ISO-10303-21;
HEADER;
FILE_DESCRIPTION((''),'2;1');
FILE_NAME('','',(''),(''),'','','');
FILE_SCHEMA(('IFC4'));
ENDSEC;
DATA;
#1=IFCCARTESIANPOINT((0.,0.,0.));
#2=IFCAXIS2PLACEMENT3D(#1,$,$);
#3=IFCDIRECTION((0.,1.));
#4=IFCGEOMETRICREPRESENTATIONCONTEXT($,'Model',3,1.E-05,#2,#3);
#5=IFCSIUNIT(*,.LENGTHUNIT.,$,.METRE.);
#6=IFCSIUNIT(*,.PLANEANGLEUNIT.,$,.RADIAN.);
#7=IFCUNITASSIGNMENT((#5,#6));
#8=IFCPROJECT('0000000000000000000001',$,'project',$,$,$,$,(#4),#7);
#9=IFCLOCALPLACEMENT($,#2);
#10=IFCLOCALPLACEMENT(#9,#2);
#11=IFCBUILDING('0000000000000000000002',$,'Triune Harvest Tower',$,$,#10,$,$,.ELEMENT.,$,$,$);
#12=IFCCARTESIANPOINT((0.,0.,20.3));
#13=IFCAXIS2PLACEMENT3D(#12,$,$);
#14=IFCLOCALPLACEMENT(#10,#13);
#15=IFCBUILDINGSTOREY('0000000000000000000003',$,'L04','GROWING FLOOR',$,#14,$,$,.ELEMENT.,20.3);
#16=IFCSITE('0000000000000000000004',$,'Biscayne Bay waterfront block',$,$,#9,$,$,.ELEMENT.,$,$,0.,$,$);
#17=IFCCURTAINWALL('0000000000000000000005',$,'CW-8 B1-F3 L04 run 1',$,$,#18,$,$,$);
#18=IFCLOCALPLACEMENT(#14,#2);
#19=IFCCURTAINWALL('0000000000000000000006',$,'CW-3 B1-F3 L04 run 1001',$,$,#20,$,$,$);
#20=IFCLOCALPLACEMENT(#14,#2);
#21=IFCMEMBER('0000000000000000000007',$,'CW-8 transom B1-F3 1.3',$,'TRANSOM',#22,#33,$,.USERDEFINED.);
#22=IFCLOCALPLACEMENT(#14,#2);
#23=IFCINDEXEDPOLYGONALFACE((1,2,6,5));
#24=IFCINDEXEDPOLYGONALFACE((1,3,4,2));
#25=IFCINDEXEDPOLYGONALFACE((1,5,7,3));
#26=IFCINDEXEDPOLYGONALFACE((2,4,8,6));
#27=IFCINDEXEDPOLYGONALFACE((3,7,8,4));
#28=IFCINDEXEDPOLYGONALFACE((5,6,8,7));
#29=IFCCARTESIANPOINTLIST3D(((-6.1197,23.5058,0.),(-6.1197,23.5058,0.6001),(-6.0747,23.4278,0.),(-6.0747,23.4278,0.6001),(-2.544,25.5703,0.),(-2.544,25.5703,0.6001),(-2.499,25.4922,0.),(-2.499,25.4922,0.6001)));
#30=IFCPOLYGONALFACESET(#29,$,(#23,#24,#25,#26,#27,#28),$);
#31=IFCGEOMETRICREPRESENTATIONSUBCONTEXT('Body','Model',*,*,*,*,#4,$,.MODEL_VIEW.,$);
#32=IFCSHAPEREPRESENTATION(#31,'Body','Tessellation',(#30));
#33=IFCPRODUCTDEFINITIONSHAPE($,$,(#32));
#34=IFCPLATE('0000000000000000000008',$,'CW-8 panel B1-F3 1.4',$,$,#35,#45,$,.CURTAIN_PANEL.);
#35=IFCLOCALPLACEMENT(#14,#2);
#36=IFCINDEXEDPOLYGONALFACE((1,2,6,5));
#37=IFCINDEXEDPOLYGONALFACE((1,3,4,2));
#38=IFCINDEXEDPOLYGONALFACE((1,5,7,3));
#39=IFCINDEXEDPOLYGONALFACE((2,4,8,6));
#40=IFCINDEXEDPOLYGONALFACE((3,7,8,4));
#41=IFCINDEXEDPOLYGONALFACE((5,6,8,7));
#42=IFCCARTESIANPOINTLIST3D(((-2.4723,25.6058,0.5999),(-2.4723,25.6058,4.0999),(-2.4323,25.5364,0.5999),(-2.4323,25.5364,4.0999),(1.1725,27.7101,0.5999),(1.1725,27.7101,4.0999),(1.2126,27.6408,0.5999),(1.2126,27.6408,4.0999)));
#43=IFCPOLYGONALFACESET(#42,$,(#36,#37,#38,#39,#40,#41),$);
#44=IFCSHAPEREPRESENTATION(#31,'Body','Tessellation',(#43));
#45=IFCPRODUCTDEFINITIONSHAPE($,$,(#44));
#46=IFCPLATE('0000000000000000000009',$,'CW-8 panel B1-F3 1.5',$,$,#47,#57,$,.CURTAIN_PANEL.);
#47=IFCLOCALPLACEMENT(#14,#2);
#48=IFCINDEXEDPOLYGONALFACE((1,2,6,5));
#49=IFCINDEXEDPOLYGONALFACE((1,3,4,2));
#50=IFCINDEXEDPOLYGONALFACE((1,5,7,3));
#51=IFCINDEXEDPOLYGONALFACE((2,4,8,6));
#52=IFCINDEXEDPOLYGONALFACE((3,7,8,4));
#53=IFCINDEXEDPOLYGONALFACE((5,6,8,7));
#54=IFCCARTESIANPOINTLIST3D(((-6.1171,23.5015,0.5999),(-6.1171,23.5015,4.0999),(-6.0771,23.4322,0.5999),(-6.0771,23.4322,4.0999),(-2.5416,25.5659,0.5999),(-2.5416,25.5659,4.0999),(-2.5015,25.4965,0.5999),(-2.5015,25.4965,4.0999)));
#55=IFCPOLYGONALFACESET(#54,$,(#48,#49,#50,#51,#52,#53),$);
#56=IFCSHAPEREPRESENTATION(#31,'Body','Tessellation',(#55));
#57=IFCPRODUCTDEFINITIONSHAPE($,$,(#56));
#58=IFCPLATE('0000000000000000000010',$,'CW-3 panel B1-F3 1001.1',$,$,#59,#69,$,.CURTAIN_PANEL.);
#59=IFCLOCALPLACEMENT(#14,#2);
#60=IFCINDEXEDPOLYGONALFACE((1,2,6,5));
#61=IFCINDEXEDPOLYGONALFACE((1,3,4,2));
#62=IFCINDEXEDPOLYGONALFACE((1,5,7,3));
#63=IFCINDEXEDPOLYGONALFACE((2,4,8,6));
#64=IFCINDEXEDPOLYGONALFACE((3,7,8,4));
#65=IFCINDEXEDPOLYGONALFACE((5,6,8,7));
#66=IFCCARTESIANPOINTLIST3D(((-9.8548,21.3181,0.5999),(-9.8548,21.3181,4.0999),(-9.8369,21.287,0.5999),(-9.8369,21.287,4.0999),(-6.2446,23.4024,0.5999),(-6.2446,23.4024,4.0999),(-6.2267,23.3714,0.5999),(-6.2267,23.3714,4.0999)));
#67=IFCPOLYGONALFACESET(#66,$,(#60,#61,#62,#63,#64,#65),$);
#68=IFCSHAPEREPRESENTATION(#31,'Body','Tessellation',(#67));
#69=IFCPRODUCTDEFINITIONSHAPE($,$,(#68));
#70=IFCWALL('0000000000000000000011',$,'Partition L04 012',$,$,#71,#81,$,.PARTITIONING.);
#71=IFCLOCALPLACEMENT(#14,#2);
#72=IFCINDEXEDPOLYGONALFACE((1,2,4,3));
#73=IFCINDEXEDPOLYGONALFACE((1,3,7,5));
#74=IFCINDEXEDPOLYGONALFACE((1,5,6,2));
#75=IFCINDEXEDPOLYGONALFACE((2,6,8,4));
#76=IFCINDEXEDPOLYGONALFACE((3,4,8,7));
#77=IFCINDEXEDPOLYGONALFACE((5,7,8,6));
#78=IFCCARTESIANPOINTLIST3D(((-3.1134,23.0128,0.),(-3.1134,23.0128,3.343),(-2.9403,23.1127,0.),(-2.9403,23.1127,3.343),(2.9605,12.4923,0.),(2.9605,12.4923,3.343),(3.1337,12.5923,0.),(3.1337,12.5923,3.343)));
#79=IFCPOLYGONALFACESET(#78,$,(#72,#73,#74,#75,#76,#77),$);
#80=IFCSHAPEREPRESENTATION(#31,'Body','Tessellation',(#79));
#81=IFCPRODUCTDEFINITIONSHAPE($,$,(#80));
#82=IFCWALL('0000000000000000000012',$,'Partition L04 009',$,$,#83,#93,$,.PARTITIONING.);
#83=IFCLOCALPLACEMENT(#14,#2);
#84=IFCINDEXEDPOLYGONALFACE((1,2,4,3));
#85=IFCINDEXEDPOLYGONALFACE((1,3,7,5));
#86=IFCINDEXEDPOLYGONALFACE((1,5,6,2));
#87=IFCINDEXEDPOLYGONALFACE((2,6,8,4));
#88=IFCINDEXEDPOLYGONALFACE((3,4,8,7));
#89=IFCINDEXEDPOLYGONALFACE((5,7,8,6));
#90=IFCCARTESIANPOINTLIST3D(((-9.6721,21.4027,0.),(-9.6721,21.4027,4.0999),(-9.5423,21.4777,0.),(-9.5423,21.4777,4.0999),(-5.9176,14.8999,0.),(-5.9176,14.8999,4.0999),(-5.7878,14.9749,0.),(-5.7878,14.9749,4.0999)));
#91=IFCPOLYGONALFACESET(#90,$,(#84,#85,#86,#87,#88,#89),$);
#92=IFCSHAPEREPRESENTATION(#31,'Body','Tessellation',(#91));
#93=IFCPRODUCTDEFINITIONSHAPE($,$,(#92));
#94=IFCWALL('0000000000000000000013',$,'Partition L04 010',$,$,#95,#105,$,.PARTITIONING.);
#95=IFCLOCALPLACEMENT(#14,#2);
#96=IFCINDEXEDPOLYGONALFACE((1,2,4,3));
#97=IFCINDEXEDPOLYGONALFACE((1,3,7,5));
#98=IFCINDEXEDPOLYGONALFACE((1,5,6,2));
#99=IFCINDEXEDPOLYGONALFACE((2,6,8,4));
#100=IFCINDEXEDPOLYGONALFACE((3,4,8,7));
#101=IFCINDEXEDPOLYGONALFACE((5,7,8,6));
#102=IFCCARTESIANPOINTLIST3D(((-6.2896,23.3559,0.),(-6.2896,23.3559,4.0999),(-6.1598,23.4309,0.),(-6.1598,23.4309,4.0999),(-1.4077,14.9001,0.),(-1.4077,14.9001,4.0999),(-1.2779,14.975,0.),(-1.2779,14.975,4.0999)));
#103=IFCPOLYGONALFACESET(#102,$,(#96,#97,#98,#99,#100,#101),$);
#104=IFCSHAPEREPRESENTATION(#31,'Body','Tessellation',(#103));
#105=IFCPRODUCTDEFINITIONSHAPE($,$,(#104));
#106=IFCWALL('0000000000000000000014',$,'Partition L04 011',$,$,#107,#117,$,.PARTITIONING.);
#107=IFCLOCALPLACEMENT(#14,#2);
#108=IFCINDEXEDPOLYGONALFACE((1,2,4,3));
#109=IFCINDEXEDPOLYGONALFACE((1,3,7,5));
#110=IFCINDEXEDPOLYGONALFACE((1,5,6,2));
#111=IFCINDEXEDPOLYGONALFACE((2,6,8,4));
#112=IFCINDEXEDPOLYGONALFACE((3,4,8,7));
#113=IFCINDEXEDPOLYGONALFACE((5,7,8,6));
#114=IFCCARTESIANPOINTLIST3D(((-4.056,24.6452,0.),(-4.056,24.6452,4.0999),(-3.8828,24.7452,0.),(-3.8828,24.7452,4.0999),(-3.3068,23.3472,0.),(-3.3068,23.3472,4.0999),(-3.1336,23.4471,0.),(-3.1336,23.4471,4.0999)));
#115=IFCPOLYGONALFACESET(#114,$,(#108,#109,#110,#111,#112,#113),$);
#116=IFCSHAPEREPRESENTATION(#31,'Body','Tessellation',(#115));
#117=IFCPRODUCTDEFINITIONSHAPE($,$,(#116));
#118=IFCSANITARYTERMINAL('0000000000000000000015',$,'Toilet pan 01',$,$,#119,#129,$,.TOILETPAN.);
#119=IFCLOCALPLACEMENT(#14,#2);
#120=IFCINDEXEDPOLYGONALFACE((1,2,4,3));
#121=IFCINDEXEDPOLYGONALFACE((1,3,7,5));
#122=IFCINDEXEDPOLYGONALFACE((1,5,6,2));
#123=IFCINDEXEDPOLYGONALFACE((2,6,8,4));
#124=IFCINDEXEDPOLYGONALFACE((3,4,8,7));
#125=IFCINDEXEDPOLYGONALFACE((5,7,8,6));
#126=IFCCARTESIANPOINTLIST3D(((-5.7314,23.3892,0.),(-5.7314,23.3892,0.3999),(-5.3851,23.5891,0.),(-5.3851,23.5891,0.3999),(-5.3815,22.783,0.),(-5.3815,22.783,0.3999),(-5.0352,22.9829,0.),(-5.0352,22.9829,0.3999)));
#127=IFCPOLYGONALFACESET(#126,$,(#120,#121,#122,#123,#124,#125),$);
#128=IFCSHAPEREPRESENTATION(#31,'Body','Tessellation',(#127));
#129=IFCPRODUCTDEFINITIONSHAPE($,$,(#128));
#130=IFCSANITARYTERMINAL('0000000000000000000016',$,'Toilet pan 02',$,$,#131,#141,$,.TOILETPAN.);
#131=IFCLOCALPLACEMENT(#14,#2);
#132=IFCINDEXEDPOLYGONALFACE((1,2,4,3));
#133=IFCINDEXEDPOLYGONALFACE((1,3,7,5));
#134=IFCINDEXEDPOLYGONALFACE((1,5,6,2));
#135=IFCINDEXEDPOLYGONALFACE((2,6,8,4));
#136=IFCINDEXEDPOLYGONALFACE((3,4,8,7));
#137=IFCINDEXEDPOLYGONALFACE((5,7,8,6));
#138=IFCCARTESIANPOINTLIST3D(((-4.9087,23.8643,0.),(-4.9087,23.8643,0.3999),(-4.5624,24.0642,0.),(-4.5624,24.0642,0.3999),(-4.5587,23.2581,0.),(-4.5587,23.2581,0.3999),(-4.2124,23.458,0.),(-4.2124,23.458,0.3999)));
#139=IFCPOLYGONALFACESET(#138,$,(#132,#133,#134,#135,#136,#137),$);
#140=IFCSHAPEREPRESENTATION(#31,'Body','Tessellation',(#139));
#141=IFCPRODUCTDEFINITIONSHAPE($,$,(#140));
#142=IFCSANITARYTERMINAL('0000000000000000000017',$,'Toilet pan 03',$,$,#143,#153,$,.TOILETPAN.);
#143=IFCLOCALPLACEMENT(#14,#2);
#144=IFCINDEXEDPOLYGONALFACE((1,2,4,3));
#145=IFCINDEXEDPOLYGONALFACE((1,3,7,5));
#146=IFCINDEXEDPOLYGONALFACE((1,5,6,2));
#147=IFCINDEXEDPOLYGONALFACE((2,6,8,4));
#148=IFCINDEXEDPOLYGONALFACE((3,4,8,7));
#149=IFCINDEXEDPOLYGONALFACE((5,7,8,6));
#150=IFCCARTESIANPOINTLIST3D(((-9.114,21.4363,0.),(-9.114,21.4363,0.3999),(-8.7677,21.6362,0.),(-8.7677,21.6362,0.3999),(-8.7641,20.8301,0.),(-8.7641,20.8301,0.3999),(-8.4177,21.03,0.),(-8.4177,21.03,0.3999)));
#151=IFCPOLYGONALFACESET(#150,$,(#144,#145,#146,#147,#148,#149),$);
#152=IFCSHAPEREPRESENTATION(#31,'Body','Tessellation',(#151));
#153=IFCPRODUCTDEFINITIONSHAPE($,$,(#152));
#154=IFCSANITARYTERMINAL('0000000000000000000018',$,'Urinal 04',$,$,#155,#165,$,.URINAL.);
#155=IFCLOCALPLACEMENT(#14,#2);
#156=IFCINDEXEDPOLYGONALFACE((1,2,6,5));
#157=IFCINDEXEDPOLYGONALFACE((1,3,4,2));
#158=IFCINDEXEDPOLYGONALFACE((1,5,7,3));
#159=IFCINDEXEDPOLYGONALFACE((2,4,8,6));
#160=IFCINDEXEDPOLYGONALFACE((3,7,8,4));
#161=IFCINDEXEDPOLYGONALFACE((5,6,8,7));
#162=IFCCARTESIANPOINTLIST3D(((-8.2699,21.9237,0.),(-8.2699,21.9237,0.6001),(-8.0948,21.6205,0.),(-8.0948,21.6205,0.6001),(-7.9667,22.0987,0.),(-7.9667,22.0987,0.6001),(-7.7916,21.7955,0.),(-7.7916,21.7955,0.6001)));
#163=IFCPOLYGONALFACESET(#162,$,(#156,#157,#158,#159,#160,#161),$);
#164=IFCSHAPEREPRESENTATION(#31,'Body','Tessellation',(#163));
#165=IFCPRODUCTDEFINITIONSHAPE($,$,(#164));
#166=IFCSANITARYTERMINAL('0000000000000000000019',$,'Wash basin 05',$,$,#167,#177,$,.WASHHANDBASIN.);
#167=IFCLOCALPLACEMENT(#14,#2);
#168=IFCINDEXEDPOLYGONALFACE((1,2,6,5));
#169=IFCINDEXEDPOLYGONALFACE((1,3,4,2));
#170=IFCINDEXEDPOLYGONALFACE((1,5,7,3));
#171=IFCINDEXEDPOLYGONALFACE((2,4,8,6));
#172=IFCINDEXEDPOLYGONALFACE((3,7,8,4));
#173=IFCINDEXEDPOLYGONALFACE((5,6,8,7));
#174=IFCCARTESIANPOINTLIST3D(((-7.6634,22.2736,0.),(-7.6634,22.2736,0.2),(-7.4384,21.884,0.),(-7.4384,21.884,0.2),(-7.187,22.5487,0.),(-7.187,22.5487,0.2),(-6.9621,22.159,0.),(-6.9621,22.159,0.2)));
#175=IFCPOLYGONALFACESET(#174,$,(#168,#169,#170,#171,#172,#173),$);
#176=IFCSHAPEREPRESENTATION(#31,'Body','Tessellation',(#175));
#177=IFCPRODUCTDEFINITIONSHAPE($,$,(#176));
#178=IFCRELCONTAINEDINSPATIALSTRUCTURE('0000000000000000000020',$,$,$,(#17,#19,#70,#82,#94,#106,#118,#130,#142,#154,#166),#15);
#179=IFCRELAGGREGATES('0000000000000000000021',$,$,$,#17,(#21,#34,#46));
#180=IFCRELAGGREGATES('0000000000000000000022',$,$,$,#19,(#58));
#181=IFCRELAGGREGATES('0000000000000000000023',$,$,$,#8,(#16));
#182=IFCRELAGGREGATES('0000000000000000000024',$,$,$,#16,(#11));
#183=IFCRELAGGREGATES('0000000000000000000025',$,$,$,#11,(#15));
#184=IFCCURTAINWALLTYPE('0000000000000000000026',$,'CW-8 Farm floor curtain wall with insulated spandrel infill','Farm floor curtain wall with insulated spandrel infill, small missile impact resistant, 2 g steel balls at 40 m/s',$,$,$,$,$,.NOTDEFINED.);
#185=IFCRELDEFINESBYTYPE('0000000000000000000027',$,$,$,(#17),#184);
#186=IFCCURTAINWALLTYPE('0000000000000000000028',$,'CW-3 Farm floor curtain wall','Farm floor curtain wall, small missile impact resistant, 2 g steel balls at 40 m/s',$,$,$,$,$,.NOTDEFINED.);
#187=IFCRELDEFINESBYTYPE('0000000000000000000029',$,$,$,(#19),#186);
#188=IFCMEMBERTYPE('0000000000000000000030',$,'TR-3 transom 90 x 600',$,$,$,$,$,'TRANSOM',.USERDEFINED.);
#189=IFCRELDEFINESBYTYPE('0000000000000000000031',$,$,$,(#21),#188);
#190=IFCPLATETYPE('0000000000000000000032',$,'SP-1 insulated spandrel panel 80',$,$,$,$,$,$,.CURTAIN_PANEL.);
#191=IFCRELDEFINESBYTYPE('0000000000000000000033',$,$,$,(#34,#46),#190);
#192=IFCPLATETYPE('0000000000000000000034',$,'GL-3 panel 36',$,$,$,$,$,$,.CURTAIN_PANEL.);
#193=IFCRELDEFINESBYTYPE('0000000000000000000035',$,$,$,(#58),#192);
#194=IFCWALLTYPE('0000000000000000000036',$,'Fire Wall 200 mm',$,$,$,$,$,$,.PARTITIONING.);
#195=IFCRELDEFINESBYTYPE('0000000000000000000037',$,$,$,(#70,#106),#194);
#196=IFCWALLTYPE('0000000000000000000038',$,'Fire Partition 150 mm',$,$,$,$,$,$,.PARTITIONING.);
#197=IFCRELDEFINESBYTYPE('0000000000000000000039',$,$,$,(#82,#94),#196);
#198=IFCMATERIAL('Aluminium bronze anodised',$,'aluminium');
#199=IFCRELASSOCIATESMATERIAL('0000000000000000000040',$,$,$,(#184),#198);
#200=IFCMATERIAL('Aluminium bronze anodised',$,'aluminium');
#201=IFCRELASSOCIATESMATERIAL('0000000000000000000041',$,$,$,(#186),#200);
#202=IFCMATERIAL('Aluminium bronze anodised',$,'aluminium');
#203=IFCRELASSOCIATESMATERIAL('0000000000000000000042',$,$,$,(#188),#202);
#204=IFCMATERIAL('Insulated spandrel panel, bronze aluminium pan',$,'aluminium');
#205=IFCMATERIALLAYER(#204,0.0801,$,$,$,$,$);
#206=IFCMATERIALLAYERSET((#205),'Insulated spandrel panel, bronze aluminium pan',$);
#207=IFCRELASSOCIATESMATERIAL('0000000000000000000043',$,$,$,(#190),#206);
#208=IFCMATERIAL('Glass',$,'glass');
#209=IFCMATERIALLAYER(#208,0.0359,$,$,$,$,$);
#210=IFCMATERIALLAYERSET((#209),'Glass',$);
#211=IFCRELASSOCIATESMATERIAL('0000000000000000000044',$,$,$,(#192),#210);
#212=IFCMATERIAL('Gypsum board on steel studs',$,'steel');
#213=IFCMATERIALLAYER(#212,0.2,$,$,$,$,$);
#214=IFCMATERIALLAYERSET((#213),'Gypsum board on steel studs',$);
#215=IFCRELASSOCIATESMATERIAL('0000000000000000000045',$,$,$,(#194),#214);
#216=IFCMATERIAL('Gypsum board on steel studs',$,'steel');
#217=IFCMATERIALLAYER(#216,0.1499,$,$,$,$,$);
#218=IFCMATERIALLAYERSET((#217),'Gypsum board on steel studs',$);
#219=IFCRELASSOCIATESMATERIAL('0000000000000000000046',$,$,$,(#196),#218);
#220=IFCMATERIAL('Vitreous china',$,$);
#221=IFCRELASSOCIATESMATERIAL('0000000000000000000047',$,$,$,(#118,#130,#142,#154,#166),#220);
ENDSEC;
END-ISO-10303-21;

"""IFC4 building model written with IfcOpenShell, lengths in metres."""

from ifc_helpers import new_model, si_unit, direction, frame, frame_2d, origin, origin_2d, place, context, subcontext, project, spatial, rectangle, extrude, source, transform, mapped, material, layer, layer_set, material_profile, profile_set, type_object, element, aggregate, save


model = new_model("IFC4")

# Units and contexts
model_context = context("Model", 3, precision=1e-05, world=origin(), true_north=direction((0.0, 1.0)))
body_context = subcontext(model_context, "Body", "Model", "MODEL_VIEW")
ifc_project = project(units=[si_unit("LENGTHUNIT", "METRE"), si_unit("PLANEANGLEUNIT", "RADIAN")], contexts=[model_context])

# Site, building, storey
site_placement = place(None, origin())
site = spatial("IfcSite", under=ifc_project, at=site_placement, Name="Biscayne Bay waterfront block", CompositionType="ELEMENT", RefElevation=0.0)
building_placement = place(site_placement, origin())
building = spatial("IfcBuilding", under=site, at=building_placement, Name="Triune Harvest Tower", CompositionType="ELEMENT")
storey_placement = place(building_placement, frame((0.0, 0.0, 20.3)))
storey = spatial("IfcBuildingStorey", under=building, at=storey_placement, Name="L04", Description="GROWING FLOOR", CompositionType="ELEMENT", Elevation=20.3)

# Curtain walls
ifc_material_1 = material(Name="Aluminium bronze anodised", Category="aluminium")
curtain_wall_type_1 = type_object("IfcCurtainWallType", Name="CW-8 Farm floor curtain wall with insulated spandrel infill", Description="Farm floor curtain wall with insulated spandrel infill, small missile impact resistant, 2 g steel balls at 40 m/s", PredefinedType="NOTDEFINED", material=ifc_material_1)
curtain_wall_1_placement = place(storey_placement, origin())
curtain_wall_1 = element("IfcCurtainWall", 1, at=curtain_wall_1_placement, inside=storey, type_object=curtain_wall_type_1, Name="CW-8 B1-F3 L04 run 1")
ifc_material_2 = material(Name="Aluminium bronze anodised", Category="aluminium")
curtain_wall_type_2 = type_object("IfcCurtainWallType", Name="CW-3 Farm floor curtain wall", Description="Farm floor curtain wall, small missile impact resistant, 2 g steel balls at 40 m/s", PredefinedType="NOTDEFINED", material=ifc_material_2)
curtain_wall_2_placement = place(storey_placement, origin())
curtain_wall_2 = element("IfcCurtainWall", 2, at=curtain_wall_2_placement, inside=storey, type_object=curtain_wall_type_2, Name="CW-3 B1-F3 L04 run 1001")
ifc_material_3 = material(Name="Aluminium bronze anodised", Category="aluminium")
ifc_material_profile_1 = material_profile(ifc_material_3, rectangle(XDim=0.0901, YDim=0.6001, at=origin_2d()), Name="TR-3 transom 90 x 600")
ifc_profile_set_1 = profile_set([ifc_material_profile_1], Name="Aluminium bronze anodised")
member_type_1 = type_object("IfcMemberType", Name="TR-3 transom 90 x 600", ElementType="TRANSOM", PredefinedType="USERDEFINED", material=ifc_profile_set_1)

# Member
shared_shape_1 = source(origin(), body_context, "Body", "SweptSolid", [
    extrude(rectangle(XDim=0.0901, YDim=0.6001, at=origin_2d()), origin(), (0.0, 0.0, 1.0), 4.1289),
])
member_1_placement = place(storey_placement, frame((-2.5215, 25.5312, 0.3), z_axis=(-0.866022, -0.500006, 0.0), x_axis=(0.500006, -0.866022, 0.0)))
member_1 = element("IfcMember", 3, at=member_1_placement, type_object=member_type_1, Name="CW-8 transom B1-F3 1.3", ObjectType="TRANSOM", PredefinedType="USERDEFINED", context=body_context, shape_type="MappedRepresentation", body=[
    mapped(shared_shape_1, transform((0.0, 0.0, 0.0), scale=1.0)),
])

# Plates
ifc_material_4 = material(Name="Insulated spandrel panel, bronze aluminium pan", Category="aluminium")
ifc_layer_1 = layer(ifc_material_4, 0.0801)
ifc_layer_set_1 = layer_set([ifc_layer_1], Name="Insulated spandrel panel, bronze aluminium pan")
plate_type_1 = type_object("IfcPlateType", Name="SP-1 insulated spandrel panel 80", PredefinedType="CURTAIN_PANEL", material=ifc_layer_set_1)
shared_shape_2 = source(origin(), body_context, "Body", "SweptSolid", [
    extrude(rectangle(XDim=4.2087, YDim=0.0801, at=origin_2d()), origin(), (0.0, 0.0, 1.0), 3.5),
])
plate_1_placement = place(storey_placement, frame((-0.6299, 26.6233, 0.5999), z_axis=(0.0, 0.0, 1.0), x_axis=(-0.866026, -0.499999, 0.0)))
plate_1 = element("IfcPlate", 4, at=plate_1_placement, type_object=plate_type_1, Name="CW-8 panel B1-F3 1.4", PredefinedType="CURTAIN_PANEL", context=body_context, shape_type="MappedRepresentation", body=[
    mapped(shared_shape_2, transform((0.0, 0.0, 0.0), scale=1.0)),
])
shared_shape_3 = source(origin(), body_context, "Body", "SweptSolid", [
    extrude(rectangle(XDim=4.1287, YDim=0.0801, at=origin_2d()), origin(), (0.0, 0.0, 1.0), 3.5),
])
plate_2_placement = place(storey_placement, frame((-4.3093, 24.499, 0.5999), z_axis=(0.0, 0.0, 1.0), x_axis=(-0.866026, -0.499999, 0.0)))
plate_2 = element("IfcPlate", 5, at=plate_2_placement, type_object=plate_type_1, Name="CW-8 panel B1-F3 1.5", PredefinedType="CURTAIN_PANEL", context=body_context, shape_type="MappedRepresentation", body=[
    mapped(shared_shape_3, transform((0.0, 0.0, 0.0), scale=1.0)),
])
aggregate(curtain_wall_1, [member_1, plate_1, plate_2])
ifc_material_5 = material(Name="Glass", Category="glass")
ifc_layer_2 = layer(ifc_material_5, 0.0359)
ifc_layer_set_2 = layer_set([ifc_layer_2], Name="Glass")
plate_type_2 = type_object("IfcPlateType", Name="GL-3 panel 36", PredefinedType="CURTAIN_PANEL", material=ifc_layer_set_2)
shared_shape_4 = source(origin(), body_context, "Body", "SweptSolid", [
    extrude(rectangle(XDim=4.1687, YDim=0.0359, at=origin_2d()), origin(), (0.0, 0.0, 1.0), 3.5),
])
plate_3_placement = place(storey_placement, frame((-8.0408, 22.3447, 0.5999), z_axis=(0.0, 0.0, 1.0), x_axis=(-0.866025, -0.5, 0.0)))
plate_3 = element("IfcPlate", 6, at=plate_3_placement, type_object=plate_type_2, Name="CW-3 panel B1-F3 1001.1", PredefinedType="CURTAIN_PANEL", context=body_context, shape_type="MappedRepresentation", body=[
    mapped(shared_shape_4, transform((0.0, 0.0, 0.0), scale=1.0)),
])
aggregate(curtain_wall_2, [plate_3])

# Walls
ifc_material_6 = material(Name="Gypsum board on steel studs", Category="steel")
ifc_layer_3 = layer(ifc_material_6, 0.2)
ifc_layer_set_3 = layer_set([ifc_layer_3], Name="Gypsum board on steel studs")
wall_type_1 = type_object("IfcWallType", Name="Fire Wall 200 mm", PredefinedType="PARTITIONING", material=ifc_layer_set_3)
shared_shape_5 = source(origin(), body_context, "Body", "SweptSolid", [
    extrude(rectangle(XDim=12.1479, YDim=0.2, at=frame_2d((6.074, 0.0))), origin(), (0.0, 0.0, 1.0), 3.343),
])
wall_1_placement = place(storey_placement, frame((-3.0269, 23.0627, 0.0), z_axis=(0.0, 0.0, 1.0), x_axis=(0.499997, -0.866027, 0.0)))
element("IfcWall", 7, at=wall_1_placement, inside=storey, type_object=wall_type_1, Name="Partition L04 012", PredefinedType="PARTITIONING", context=body_context, shape_type="MappedRepresentation", body=[
    mapped(shared_shape_5, transform((0.0, 0.0, 0.0), scale=1.0)),
])
ifc_material_7 = material(Name="Gypsum board on steel studs", Category="steel")
ifc_layer_4 = layer(ifc_material_7, 0.1499)
ifc_layer_set_4 = layer_set([ifc_layer_4], Name="Gypsum board on steel studs")
wall_type_2 = type_object("IfcWallType", Name="Fire Partition 150 mm", PredefinedType="PARTITIONING", material=ifc_layer_set_4)
shared_shape_6 = source(origin(), body_context, "Body", "SweptSolid", [
    extrude(rectangle(XDim=7.5088, YDim=0.1499, at=frame_2d((3.7544, 0.0))), origin(), (0.0, 0.0, 1.0), 4.0999),
])
wall_2_placement = place(storey_placement, frame((-9.6072, 21.4402, 0.0), z_axis=(0.0, 0.0, 1.0), x_axis=(0.500007, -0.866022, 0.0)))
element("IfcWall", 8, at=wall_2_placement, inside=storey, type_object=wall_type_2, Name="Partition L04 009", PredefinedType="PARTITIONING", context=body_context, shape_type="MappedRepresentation", body=[
    mapped(shared_shape_6, transform((0.0, 0.0, 0.0), scale=1.0)),
])
shared_shape_7 = source(origin(), body_context, "Body", "SweptSolid", [
    extrude(rectangle(XDim=9.7639, YDim=0.1499, at=frame_2d((4.8818, 0.0))), origin(), (0.0, 0.0, 1.0), 4.0999),
])
wall_3_placement = place(storey_placement, frame((-6.2246, 23.3933, 0.0), z_axis=(0.0, 0.0, 1.0), x_axis=(0.49999, -0.866031, 0.0)))
element("IfcWall", 9, at=wall_3_placement, inside=storey, type_object=wall_type_2, Name="Partition L04 010", PredefinedType="PARTITIONING", context=body_context, shape_type="MappedRepresentation", body=[
    mapped(shared_shape_7, transform((0.0, 0.0, 0.0), scale=1.0)),
])
shared_shape_8 = source(origin(), body_context, "Body", "SweptSolid", [
    extrude(rectangle(XDim=1.4988, YDim=0.2, at=frame_2d((0.7495, 0.0))), origin(), (0.0, 0.0, 1.0), 4.0999),
])
wall_4_placement = place(storey_placement, frame((-3.9695, 24.6953, 0.0), z_axis=(0.0, 0.0, 1.0), x_axis=(0.499906, -0.86608, 0.0)))
element("IfcWall", 10, at=wall_4_placement, inside=storey, type_object=wall_type_1, Name="Partition L04 011", PredefinedType="PARTITIONING", context=body_context, shape_type="MappedRepresentation", body=[
    mapped(shared_shape_8, transform((0.0, 0.0, 0.0), scale=1.0)),
])

# Sanitary terminals
ifc_material_8 = material(Name="Vitreous china")
shared_shape_9 = source(origin(), body_context, "Body", "SweptSolid", [
    extrude(rectangle(XDim=0.3999, YDim=0.7, at=origin_2d()), origin(), (0.0, 0.0, 1.0), 0.3999),
])
for number, where, z_axis, x_axis, name in (
    (11, (-5.3833, 23.186, 0.0), (0.0, 0.0, 1.0), (0.866034, 0.499985, 0.0), "Toilet pan 01"),
    (12, (-4.5605, 23.6611, 0.0), (0.0, 0.0, 1.0), (0.866034, 0.499985, 0.0), "Toilet pan 02"),
    (13, (-8.7659, 21.2332, 0.0), (0.0, 0.0, 1.0), (0.866034, 0.499985, 0.0), "Toilet pan 03"),
):
    element("IfcSanitaryTerminal", number, at=place(storey_placement, frame(where, z_axis=z_axis, x_axis=x_axis)), inside=storey, material=ifc_material_8, Name=name, PredefinedType="TOILETPAN", context=body_context, shape_type="MappedRepresentation", body=[
        mapped(shared_shape_9, transform((0.0, 0.0, 0.0), scale=1.0)),
    ])
shared_shape_10 = source(origin(), body_context, "Body", "SweptSolid", [
    extrude(rectangle(XDim=0.3501, YDim=0.3501, at=origin_2d()), origin(), (0.0, 0.0, 1.0), 0.6001),
])
sanitary_terminal_placement = place(storey_placement, frame((-8.0308, 21.8596, 0.0), z_axis=(0.0, 0.0, 1.0), x_axis=(0.866034, 0.499985, 0.0)))
element("IfcSanitaryTerminal", 14, at=sanitary_terminal_placement, inside=storey, material=ifc_material_8, Name="Urinal 04", PredefinedType="URINAL", context=body_context, shape_type="MappedRepresentation", body=[
    mapped(shared_shape_10, transform((0.0, 0.0, 0.0), scale=1.0)),
])
shared_shape_11 = source(origin(), body_context, "Body", "SweptSolid", [
    extrude(rectangle(XDim=0.55, YDim=0.45, at=origin_2d()), origin(), (0.0, 0.0, 1.0), 0.2),
])
for number, where, z_axis, x_axis, name in (
    (15, (-7.3127, 22.2163, 0.0), (0.0, 0.0, 1.0), (0.866034, 0.499985, 0.0), "Wash basin 05"),
):
    element("IfcSanitaryTerminal", number, at=place(storey_placement, frame(where, z_axis=z_axis, x_axis=x_axis)), inside=storey, material=ifc_material_8, Name=name, PredefinedType="WASHHANDBASIN", context=body_context, shape_type="MappedRepresentation", body=[
        mapped(shared_shape_11, transform((0.0, 0.0, 0.0), scale=1.0)),
    ])

save(model, "model.ifc")
